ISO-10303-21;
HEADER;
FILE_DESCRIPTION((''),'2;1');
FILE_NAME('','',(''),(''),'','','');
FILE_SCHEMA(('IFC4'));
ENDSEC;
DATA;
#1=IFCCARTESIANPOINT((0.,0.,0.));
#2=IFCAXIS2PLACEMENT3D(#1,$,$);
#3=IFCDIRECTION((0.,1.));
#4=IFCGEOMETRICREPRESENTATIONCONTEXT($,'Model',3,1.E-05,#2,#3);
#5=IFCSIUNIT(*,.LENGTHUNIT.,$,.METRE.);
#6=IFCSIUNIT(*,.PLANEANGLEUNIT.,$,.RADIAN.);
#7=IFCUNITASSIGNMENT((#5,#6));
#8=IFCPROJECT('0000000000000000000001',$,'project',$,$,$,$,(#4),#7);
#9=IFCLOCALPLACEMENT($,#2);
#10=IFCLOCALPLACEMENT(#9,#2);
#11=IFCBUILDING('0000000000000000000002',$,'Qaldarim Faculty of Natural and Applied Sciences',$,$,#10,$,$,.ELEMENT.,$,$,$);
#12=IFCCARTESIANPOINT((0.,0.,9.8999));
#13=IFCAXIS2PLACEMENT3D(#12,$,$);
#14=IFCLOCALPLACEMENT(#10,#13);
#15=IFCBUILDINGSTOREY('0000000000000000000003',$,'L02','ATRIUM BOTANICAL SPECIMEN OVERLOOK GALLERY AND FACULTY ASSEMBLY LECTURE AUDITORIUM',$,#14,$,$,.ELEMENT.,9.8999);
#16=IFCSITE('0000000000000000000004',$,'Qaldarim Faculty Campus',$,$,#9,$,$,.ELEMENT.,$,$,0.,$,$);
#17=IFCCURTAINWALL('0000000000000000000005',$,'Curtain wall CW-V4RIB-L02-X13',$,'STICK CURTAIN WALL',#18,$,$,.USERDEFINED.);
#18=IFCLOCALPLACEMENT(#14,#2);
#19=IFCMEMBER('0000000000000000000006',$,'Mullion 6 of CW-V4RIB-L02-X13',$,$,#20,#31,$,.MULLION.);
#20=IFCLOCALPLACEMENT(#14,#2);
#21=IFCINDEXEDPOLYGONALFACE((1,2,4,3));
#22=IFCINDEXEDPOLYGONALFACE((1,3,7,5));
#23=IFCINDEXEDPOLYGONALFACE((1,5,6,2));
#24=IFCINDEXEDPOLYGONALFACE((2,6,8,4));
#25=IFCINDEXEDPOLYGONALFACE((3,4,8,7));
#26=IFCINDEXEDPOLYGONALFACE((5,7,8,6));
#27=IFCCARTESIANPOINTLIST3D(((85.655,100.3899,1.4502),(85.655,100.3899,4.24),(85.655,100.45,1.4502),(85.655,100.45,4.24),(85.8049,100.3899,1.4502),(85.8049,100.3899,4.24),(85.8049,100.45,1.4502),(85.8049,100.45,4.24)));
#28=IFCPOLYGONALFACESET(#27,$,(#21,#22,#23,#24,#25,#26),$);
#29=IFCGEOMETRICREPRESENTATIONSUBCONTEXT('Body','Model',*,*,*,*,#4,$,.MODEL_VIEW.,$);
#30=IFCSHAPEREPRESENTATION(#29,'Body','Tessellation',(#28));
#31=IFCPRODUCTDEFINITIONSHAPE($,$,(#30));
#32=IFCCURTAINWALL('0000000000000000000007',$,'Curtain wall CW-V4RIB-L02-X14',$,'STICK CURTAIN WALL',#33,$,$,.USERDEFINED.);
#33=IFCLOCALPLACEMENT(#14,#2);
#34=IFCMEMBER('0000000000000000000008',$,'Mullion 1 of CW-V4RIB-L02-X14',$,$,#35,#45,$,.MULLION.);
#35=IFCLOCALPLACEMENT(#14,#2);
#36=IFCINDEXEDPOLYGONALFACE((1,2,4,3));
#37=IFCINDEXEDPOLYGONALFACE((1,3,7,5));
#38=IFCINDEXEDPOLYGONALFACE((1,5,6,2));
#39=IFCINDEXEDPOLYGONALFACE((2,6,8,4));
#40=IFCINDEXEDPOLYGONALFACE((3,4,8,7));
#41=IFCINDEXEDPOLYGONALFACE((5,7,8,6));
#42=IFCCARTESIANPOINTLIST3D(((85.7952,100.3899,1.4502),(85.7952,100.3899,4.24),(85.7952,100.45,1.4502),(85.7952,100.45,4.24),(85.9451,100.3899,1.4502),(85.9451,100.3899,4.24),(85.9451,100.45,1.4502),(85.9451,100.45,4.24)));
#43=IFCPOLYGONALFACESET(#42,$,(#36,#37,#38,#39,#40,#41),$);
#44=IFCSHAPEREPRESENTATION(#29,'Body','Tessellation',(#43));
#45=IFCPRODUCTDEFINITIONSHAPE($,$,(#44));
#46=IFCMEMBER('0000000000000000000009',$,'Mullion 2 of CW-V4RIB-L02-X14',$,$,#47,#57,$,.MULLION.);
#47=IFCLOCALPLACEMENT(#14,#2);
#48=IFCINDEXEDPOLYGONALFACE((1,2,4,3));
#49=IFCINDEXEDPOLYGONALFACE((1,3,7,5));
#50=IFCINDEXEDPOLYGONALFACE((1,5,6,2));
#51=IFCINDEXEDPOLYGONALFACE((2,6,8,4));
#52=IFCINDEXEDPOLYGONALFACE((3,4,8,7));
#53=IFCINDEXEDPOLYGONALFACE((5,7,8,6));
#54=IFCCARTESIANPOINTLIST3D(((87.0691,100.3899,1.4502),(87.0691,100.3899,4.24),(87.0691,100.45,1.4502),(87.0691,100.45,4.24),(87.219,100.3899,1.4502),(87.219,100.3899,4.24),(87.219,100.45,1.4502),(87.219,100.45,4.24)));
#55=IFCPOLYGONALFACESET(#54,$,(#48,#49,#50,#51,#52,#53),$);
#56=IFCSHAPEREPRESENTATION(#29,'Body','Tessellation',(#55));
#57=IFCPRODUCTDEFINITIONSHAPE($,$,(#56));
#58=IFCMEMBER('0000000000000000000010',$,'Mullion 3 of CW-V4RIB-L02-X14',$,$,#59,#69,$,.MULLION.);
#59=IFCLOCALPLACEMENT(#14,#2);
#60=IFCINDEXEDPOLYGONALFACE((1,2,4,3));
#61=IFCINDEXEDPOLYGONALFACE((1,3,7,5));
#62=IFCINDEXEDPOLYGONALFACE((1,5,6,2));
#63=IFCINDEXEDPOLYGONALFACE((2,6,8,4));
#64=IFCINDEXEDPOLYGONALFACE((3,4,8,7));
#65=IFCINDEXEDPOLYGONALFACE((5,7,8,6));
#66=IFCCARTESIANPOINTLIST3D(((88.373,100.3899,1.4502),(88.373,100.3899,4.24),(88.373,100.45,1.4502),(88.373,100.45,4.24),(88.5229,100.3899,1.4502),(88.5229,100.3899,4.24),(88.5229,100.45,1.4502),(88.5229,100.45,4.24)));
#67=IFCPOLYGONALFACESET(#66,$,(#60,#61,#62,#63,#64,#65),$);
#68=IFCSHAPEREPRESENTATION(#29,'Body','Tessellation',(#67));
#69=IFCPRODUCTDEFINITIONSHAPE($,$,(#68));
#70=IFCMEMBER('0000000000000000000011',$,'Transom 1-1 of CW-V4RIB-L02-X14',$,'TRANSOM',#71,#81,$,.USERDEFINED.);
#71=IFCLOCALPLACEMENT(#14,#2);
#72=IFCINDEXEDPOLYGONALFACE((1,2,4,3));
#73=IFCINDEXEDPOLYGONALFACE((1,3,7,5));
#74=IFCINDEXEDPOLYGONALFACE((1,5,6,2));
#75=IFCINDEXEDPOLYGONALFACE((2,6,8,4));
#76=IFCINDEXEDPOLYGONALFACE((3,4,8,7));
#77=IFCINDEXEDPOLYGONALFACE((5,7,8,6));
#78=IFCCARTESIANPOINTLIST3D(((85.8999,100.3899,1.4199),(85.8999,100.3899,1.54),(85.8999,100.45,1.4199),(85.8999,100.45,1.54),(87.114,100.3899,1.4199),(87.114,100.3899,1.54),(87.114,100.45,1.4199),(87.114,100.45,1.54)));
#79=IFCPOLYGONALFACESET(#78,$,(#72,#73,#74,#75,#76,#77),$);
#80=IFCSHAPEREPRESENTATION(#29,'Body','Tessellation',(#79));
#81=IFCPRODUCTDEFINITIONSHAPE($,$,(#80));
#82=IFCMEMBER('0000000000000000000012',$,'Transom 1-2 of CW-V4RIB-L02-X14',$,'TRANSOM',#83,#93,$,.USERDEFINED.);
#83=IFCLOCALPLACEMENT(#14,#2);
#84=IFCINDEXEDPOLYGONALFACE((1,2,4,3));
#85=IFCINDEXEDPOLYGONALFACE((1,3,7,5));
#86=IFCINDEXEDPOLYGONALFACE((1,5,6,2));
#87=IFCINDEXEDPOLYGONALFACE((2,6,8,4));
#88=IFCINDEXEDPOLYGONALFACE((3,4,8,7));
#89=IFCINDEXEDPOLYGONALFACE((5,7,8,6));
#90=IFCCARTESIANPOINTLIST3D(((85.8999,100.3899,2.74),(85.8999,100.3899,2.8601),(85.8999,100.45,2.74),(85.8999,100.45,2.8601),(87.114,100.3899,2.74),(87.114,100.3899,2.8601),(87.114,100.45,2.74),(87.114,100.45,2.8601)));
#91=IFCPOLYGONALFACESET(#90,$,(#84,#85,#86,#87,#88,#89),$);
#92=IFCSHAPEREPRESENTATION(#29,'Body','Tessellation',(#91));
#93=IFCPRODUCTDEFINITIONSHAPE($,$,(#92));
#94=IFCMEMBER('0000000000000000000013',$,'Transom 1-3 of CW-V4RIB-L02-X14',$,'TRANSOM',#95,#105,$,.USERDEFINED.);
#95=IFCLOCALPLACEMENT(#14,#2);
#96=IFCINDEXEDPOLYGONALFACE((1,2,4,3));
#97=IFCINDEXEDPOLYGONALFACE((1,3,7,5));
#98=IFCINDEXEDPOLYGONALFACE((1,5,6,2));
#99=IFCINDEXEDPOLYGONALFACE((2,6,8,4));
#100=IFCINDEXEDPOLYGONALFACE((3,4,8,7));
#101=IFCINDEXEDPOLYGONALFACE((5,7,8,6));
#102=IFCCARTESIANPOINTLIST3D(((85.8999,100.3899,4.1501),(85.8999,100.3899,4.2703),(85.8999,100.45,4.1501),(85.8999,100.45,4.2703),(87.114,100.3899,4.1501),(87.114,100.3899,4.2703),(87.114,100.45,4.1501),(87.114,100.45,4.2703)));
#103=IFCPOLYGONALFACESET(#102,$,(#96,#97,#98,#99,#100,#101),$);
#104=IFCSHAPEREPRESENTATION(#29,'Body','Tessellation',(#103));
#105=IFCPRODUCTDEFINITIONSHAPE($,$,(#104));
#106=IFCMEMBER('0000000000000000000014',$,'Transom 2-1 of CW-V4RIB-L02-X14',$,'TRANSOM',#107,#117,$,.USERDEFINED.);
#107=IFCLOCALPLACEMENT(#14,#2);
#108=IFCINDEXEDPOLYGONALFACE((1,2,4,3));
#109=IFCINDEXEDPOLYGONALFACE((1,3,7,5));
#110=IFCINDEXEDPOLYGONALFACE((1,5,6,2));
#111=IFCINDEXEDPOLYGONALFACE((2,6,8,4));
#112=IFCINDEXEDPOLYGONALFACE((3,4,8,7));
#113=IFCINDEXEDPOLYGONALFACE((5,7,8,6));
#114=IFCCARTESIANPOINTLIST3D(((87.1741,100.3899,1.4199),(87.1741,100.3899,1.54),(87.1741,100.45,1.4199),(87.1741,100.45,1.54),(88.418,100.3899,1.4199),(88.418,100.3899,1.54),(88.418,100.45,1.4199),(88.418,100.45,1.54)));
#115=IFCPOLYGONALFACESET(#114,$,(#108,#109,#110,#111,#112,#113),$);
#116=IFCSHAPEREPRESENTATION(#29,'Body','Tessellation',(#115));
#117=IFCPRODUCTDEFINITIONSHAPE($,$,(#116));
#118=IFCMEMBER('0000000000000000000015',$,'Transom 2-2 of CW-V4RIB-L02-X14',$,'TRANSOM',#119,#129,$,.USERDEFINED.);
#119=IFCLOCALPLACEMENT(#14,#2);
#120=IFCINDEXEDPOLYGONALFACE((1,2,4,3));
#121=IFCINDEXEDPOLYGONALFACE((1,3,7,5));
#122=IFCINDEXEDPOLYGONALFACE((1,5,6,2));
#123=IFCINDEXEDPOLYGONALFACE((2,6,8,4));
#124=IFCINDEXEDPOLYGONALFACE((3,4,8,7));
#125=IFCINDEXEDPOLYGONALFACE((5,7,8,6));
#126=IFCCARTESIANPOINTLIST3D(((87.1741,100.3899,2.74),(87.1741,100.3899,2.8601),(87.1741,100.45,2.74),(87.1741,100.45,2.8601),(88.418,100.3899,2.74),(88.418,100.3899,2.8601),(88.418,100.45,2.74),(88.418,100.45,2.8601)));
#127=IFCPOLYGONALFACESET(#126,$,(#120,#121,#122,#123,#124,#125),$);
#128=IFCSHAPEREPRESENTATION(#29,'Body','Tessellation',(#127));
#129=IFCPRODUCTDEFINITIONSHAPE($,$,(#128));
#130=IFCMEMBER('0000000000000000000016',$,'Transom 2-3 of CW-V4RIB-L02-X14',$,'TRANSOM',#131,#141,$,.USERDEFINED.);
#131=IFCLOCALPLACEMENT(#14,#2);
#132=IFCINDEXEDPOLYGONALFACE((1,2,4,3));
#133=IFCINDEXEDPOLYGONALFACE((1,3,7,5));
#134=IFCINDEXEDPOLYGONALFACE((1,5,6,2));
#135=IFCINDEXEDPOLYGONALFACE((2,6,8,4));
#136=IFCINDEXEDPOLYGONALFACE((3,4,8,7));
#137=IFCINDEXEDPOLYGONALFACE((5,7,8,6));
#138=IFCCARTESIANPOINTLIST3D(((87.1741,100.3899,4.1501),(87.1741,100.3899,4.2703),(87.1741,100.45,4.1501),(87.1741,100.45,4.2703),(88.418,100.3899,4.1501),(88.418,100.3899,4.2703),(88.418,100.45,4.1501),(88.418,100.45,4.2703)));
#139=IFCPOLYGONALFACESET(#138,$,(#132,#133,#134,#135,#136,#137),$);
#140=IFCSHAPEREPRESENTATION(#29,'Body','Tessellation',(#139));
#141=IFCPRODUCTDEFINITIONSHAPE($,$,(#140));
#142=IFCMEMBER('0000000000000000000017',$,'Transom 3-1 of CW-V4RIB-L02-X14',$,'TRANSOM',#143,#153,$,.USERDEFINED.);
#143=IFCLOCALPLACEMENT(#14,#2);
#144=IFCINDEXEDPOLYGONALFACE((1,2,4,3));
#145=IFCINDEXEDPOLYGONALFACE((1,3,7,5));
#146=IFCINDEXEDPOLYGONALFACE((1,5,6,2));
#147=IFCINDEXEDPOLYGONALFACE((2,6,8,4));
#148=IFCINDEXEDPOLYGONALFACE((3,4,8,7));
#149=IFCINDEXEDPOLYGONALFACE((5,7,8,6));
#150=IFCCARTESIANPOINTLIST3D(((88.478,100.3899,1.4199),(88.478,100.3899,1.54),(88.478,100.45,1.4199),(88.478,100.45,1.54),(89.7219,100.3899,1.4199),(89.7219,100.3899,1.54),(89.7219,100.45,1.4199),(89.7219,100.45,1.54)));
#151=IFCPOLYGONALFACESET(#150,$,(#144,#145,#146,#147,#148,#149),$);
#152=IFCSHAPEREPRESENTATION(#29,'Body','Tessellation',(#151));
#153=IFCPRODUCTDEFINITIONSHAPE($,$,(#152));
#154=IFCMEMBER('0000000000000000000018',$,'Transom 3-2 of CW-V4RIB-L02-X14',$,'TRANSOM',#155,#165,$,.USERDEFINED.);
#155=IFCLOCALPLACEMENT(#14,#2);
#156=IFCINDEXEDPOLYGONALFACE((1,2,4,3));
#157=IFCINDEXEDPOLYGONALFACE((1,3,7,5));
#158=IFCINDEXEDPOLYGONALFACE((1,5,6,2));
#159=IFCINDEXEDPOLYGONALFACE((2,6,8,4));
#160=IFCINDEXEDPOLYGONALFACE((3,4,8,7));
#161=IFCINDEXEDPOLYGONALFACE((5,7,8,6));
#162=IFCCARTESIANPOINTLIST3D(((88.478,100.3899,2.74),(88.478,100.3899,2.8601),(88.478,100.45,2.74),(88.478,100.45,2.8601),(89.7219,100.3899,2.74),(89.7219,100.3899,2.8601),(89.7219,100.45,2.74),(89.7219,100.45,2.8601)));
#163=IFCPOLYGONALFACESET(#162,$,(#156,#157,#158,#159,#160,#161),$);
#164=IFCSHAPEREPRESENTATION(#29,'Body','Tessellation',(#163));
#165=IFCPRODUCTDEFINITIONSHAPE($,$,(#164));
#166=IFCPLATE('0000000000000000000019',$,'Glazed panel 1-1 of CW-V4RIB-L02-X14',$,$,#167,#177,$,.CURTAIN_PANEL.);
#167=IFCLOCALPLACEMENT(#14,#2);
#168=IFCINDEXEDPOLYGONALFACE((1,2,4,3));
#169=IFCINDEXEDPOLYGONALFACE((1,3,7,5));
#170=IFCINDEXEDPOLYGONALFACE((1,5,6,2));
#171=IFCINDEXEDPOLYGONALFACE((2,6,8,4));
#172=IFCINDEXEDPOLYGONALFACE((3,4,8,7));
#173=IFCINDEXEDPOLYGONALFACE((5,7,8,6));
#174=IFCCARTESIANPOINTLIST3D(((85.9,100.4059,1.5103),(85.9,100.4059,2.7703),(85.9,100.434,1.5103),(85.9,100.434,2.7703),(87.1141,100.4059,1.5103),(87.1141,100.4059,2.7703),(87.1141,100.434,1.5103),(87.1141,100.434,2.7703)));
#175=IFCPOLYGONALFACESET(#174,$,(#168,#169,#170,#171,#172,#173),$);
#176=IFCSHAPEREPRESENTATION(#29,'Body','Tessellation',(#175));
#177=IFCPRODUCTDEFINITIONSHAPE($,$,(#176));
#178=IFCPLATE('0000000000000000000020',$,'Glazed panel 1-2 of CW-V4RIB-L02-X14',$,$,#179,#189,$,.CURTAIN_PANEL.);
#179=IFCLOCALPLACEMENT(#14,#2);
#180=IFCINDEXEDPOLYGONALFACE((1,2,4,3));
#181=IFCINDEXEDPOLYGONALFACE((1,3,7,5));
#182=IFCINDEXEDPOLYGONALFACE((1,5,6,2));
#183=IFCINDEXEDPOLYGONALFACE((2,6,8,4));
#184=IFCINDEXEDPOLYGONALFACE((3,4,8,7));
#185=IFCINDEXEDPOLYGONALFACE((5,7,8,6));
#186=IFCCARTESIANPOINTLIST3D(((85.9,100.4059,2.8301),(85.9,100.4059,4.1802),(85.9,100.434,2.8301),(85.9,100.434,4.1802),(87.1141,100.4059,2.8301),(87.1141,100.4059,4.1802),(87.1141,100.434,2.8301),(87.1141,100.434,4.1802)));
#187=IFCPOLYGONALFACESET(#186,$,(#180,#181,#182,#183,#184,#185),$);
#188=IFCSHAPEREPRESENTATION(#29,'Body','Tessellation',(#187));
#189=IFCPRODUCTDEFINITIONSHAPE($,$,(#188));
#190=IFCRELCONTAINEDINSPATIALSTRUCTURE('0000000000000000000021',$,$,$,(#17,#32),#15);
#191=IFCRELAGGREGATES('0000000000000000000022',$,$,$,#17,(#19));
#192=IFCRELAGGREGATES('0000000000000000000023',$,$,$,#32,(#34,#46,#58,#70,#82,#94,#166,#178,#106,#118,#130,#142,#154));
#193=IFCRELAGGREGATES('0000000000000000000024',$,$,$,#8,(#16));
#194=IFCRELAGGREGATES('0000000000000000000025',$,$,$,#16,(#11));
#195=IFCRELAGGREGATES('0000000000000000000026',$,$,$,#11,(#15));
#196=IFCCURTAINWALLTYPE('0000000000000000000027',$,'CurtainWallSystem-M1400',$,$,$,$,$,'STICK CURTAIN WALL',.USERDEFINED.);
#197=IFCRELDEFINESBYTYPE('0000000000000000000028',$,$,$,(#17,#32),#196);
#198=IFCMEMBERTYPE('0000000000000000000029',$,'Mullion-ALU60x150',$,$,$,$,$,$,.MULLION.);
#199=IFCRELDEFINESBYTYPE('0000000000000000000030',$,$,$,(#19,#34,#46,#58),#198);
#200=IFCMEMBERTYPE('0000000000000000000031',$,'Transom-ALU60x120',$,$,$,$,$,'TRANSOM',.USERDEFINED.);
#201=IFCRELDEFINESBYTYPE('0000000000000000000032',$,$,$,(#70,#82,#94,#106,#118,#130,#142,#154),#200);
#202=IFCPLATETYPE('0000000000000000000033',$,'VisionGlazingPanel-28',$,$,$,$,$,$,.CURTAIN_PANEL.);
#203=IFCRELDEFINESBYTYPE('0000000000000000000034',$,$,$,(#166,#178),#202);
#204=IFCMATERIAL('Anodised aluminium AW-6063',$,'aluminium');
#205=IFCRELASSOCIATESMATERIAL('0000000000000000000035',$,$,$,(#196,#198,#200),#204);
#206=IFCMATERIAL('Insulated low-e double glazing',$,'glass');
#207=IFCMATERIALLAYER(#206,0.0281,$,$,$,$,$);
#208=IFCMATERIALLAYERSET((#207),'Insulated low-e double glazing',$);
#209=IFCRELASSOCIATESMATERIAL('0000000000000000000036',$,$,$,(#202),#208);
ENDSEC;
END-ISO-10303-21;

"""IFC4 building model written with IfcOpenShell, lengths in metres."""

from ifc_helpers import new_model, si_unit, direction, frame, origin, origin_2d, place, context, subcontext, project, spatial, rectangle, extrude, material, layer, layer_set, material_profile, profile_set, type_object, element, aggregate, save


model = new_model("IFC4")

# Units and contexts
model_context = context("Model", 3, precision=1e-05, world=origin(), true_north=direction((0.0, 1.0)))
body_context = subcontext(model_context, "Body", "Model", "MODEL_VIEW")
ifc_project = project(units=[si_unit("LENGTHUNIT", "METRE"), si_unit("PLANEANGLEUNIT", "RADIAN")], contexts=[model_context])

# Site, building, storey
site_placement = place(None, origin())
site = spatial("IfcSite", under=ifc_project, at=site_placement, Name="Qaldarim Faculty Campus", CompositionType="ELEMENT", RefElevation=0.0)
building_placement = place(site_placement, origin())
building = spatial("IfcBuilding", under=site, at=building_placement, Name="Qaldarim Faculty of Natural and Applied Sciences", CompositionType="ELEMENT")
storey_placement = place(building_placement, frame((0.0, 0.0, 9.8999)))
storey = spatial("IfcBuildingStorey", under=building, at=storey_placement, Name="L02", Description="ATRIUM BOTANICAL SPECIMEN OVERLOOK GALLERY AND FACULTY ASSEMBLY LECTURE AUDITORIUM", CompositionType="ELEMENT", Elevation=9.8999)

# Curtain wall, member
ifc_material_1 = material(Name="Anodised aluminium AW-6063", Category="aluminium")
curtain_wall_type = type_object("IfcCurtainWallType", Name="CurtainWallSystem-M1400", ElementType="STICK CURTAIN WALL", PredefinedType="USERDEFINED", material=ifc_material_1)
curtain_wall_1_placement = place(storey_placement, origin())
curtain_wall_1 = element("IfcCurtainWall", 1, at=curtain_wall_1_placement, inside=storey, type_object=curtain_wall_type, Name="Curtain wall CW-V4RIB-L02-X13", ObjectType="STICK CURTAIN WALL", PredefinedType="USERDEFINED")
ifc_material_profile_1 = material_profile(ifc_material_1, rectangle(XDim=0.0601, YDim=0.1499, at=origin_2d()), Name="ALU-M60x150")
ifc_profile_set_1 = profile_set([ifc_material_profile_1], Name="Anodised aluminium AW-6063")
member_type_1 = type_object("IfcMemberType", Name="Mullion-ALU60x150", PredefinedType="MULLION", material=ifc_profile_set_1)
member_1_placement = place(storey_placement, frame((85.73, 100.4199, 1.4502), z_axis=(0.0, 0.0, 1.0), x_axis=(0.0, 1.0, 0.0)))
member_1 = element("IfcMember", 2, at=member_1_placement, type_object=member_type_1, Name="Mullion 6 of CW-V4RIB-L02-X13", PredefinedType="MULLION", context=body_context, shape_type="SweptSolid", body=[
    extrude(rectangle(XDim=0.0601, YDim=0.1499, at=origin_2d()), origin(), (0.0, 0.0, 1.0), 2.7898),
])
aggregate(curtain_wall_1, [member_1])

# Curtain wall, members, plates
curtain_wall_2_placement = place(storey_placement, origin())
curtain_wall_2 = element("IfcCurtainWall", 3, at=curtain_wall_2_placement, inside=storey, type_object=curtain_wall_type, Name="Curtain wall CW-V4RIB-L02-X14", ObjectType="STICK CURTAIN WALL", PredefinedType="USERDEFINED")
member_2_placement = place(storey_placement, frame((85.8701, 100.4199, 1.4502), z_axis=(0.0, 0.0, 1.0), x_axis=(0.0, 1.0, 0.0)))
member_2 = element("IfcMember", 4, at=member_2_placement, type_object=member_type_1, Name="Mullion 1 of CW-V4RIB-L02-X14", PredefinedType="MULLION", context=body_context, shape_type="SweptSolid", body=[
    extrude(rectangle(XDim=0.0601, YDim=0.1499, at=origin_2d()), origin(), (0.0, 0.0, 1.0), 2.7898),
])
member_3_placement = place(storey_placement, frame((87.144, 100.4199, 1.4502), z_axis=(0.0, 0.0, 1.0), x_axis=(0.0, 1.0, 0.0)))
member_3 = element("IfcMember", 5, at=member_3_placement, type_object=member_type_1, Name="Mullion 2 of CW-V4RIB-L02-X14", PredefinedType="MULLION", context=body_context, shape_type="SweptSolid", body=[
    extrude(rectangle(XDim=0.0601, YDim=0.1499, at=origin_2d()), origin(), (0.0, 0.0, 1.0), 2.7898),
])
member_4_placement = place(storey_placement, frame((88.448, 100.4199, 1.4502), z_axis=(0.0, 0.0, 1.0), x_axis=(0.0, 1.0, 0.0)))
member_4 = element("IfcMember", 6, at=member_4_placement, type_object=member_type_1, Name="Mullion 3 of CW-V4RIB-L02-X14", PredefinedType="MULLION", context=body_context, shape_type="SweptSolid", body=[
    extrude(rectangle(XDim=0.0601, YDim=0.1499, at=origin_2d()), origin(), (0.0, 0.0, 1.0), 2.7898),
])
ifc_material_profile_2 = material_profile(ifc_material_1, rectangle(XDim=0.0601, YDim=0.1201, at=origin_2d()), Name="ALU-T60x120")
ifc_profile_set_2 = profile_set([ifc_material_profile_2], Name="Anodised aluminium AW-6063")
member_type_2 = type_object("IfcMemberType", Name="Transom-ALU60x120", ElementType="TRANSOM", PredefinedType="USERDEFINED", material=ifc_profile_set_2)
member_5_placement = place(storey_placement, frame((85.8999, 100.4199, 1.48), z_axis=(1.0, 0.0, 0.0), x_axis=(0.0, 1.0, 0.0)))
member_5 = element("IfcMember", 7, at=member_5_placement, type_object=member_type_2, Name="Transom 1-1 of CW-V4RIB-L02-X14", ObjectType="TRANSOM", PredefinedType="USERDEFINED", context=body_context, shape_type="SweptSolid", body=[
    extrude(rectangle(XDim=0.0601, YDim=0.1201, at=origin_2d()), origin(), (0.0, 0.0, 1.0), 1.2141),
])
member_6_placement = place(storey_placement, frame((85.8999, 100.4199, 2.8), z_axis=(1.0, 0.0, 0.0), x_axis=(0.0, 1.0, 0.0)))
member_6 = element("IfcMember", 8, at=member_6_placement, type_object=member_type_2, Name="Transom 1-2 of CW-V4RIB-L02-X14", ObjectType="TRANSOM", PredefinedType="USERDEFINED", context=body_context, shape_type="SweptSolid", body=[
    extrude(rectangle(XDim=0.0601, YDim=0.1201, at=origin_2d()), origin(), (0.0, 0.0, 1.0), 1.2141),
])
member_7_placement = place(storey_placement, frame((85.8999, 100.4199, 4.2102), z_axis=(1.0, 0.0, 0.0), x_axis=(0.0, 1.0, 0.0)))
member_7 = element("IfcMember", 9, at=member_7_placement, type_object=member_type_2, Name="Transom 1-3 of CW-V4RIB-L02-X14", ObjectType="TRANSOM", PredefinedType="USERDEFINED", context=body_context, shape_type="SweptSolid", body=[
    extrude(rectangle(XDim=0.0601, YDim=0.1201, at=origin_2d()), origin(), (0.0, 0.0, 1.0), 1.2141),
])
member_8_placement = place(storey_placement, frame((87.1741, 100.4199, 1.48), z_axis=(1.0, 0.0, 0.0), x_axis=(0.0, 1.0, 0.0)))
member_8 = element("IfcMember", 10, at=member_8_placement, type_object=member_type_2, Name="Transom 2-1 of CW-V4RIB-L02-X14", ObjectType="TRANSOM", PredefinedType="USERDEFINED", context=body_context, shape_type="SweptSolid", body=[
    extrude(rectangle(XDim=0.0601, YDim=0.1201, at=origin_2d()), origin(), (0.0, 0.0, 1.0), 1.2439),
])
member_9_placement = place(storey_placement, frame((87.1741, 100.4199, 2.8), z_axis=(1.0, 0.0, 0.0), x_axis=(0.0, 1.0, 0.0)))
member_9 = element("IfcMember", 11, at=member_9_placement, type_object=member_type_2, Name="Transom 2-2 of CW-V4RIB-L02-X14", ObjectType="TRANSOM", PredefinedType="USERDEFINED", context=body_context, shape_type="SweptSolid", body=[
    extrude(rectangle(XDim=0.0601, YDim=0.1201, at=origin_2d()), origin(), (0.0, 0.0, 1.0), 1.2439),
])
member_10_placement = place(storey_placement, frame((87.1741, 100.4199, 4.2102), z_axis=(1.0, 0.0, 0.0), x_axis=(0.0, 1.0, 0.0)))
member_10 = element("IfcMember", 12, at=member_10_placement, type_object=member_type_2, Name="Transom 2-3 of CW-V4RIB-L02-X14", ObjectType="TRANSOM", PredefinedType="USERDEFINED", context=body_context, shape_type="SweptSolid", body=[
    extrude(rectangle(XDim=0.0601, YDim=0.1201, at=origin_2d()), origin(), (0.0, 0.0, 1.0), 1.2439),
])
member_11_placement = place(storey_placement, frame((88.478, 100.4199, 1.48), z_axis=(1.0, 0.0, 0.0), x_axis=(0.0, 1.0, 0.0)))
member_11 = element("IfcMember", 13, at=member_11_placement, type_object=member_type_2, Name="Transom 3-1 of CW-V4RIB-L02-X14", ObjectType="TRANSOM", PredefinedType="USERDEFINED", context=body_context, shape_type="SweptSolid", body=[
    extrude(rectangle(XDim=0.0601, YDim=0.1201, at=origin_2d()), origin(), (0.0, 0.0, 1.0), 1.2439),
])
member_12_placement = place(storey_placement, frame((88.478, 100.4199, 2.8), z_axis=(1.0, 0.0, 0.0), x_axis=(0.0, 1.0, 0.0)))
member_12 = element("IfcMember", 14, at=member_12_placement, type_object=member_type_2, Name="Transom 3-2 of CW-V4RIB-L02-X14", ObjectType="TRANSOM", PredefinedType="USERDEFINED", context=body_context, shape_type="SweptSolid", body=[
    extrude(rectangle(XDim=0.0601, YDim=0.1201, at=origin_2d()), origin(), (0.0, 0.0, 1.0), 1.2439),
])
ifc_material_2 = material(Name="Insulated low-e double glazing", Category="glass")
ifc_layer_1 = layer(ifc_material_2, 0.0281)
ifc_layer_set_1 = layer_set([ifc_layer_1], Name="Insulated low-e double glazing")
plate_type = type_object("IfcPlateType", Name="VisionGlazingPanel-28", PredefinedType="CURTAIN_PANEL", material=ifc_layer_set_1)
plate_1_placement = place(storey_placement, frame((86.5071, 100.4199, 1.5103), z_axis=(0.0, 0.0, 1.0), x_axis=(1.0, 0.0, 0.0)))
plate_1 = element("IfcPlate", 15, at=plate_1_placement, type_object=plate_type, Name="Glazed panel 1-1 of CW-V4RIB-L02-X14", PredefinedType="CURTAIN_PANEL", context=body_context, shape_type="SweptSolid", body=[
    extrude(rectangle(XDim=1.2141, YDim=0.0281, at=origin_2d()), origin(), (0.0, 0.0, 1.0), 1.26),
])
plate_2_placement = place(storey_placement, frame((86.5071, 100.4199, 2.8301), z_axis=(0.0, 0.0, 1.0), x_axis=(1.0, 0.0, 0.0)))
plate_2 = element("IfcPlate", 16, at=plate_2_placement, type_object=plate_type, Name="Glazed panel 1-2 of CW-V4RIB-L02-X14", PredefinedType="CURTAIN_PANEL", context=body_context, shape_type="SweptSolid", body=[
    extrude(rectangle(XDim=1.2141, YDim=0.0281, at=origin_2d()), origin(), (0.0, 0.0, 1.0), 1.3501),
])
aggregate(curtain_wall_2, [member_2, member_3, member_4, member_5, member_6, member_7, plate_1, plate_2, member_8, member_9, member_10, member_11, member_12])

save(model, "model.ifc")
